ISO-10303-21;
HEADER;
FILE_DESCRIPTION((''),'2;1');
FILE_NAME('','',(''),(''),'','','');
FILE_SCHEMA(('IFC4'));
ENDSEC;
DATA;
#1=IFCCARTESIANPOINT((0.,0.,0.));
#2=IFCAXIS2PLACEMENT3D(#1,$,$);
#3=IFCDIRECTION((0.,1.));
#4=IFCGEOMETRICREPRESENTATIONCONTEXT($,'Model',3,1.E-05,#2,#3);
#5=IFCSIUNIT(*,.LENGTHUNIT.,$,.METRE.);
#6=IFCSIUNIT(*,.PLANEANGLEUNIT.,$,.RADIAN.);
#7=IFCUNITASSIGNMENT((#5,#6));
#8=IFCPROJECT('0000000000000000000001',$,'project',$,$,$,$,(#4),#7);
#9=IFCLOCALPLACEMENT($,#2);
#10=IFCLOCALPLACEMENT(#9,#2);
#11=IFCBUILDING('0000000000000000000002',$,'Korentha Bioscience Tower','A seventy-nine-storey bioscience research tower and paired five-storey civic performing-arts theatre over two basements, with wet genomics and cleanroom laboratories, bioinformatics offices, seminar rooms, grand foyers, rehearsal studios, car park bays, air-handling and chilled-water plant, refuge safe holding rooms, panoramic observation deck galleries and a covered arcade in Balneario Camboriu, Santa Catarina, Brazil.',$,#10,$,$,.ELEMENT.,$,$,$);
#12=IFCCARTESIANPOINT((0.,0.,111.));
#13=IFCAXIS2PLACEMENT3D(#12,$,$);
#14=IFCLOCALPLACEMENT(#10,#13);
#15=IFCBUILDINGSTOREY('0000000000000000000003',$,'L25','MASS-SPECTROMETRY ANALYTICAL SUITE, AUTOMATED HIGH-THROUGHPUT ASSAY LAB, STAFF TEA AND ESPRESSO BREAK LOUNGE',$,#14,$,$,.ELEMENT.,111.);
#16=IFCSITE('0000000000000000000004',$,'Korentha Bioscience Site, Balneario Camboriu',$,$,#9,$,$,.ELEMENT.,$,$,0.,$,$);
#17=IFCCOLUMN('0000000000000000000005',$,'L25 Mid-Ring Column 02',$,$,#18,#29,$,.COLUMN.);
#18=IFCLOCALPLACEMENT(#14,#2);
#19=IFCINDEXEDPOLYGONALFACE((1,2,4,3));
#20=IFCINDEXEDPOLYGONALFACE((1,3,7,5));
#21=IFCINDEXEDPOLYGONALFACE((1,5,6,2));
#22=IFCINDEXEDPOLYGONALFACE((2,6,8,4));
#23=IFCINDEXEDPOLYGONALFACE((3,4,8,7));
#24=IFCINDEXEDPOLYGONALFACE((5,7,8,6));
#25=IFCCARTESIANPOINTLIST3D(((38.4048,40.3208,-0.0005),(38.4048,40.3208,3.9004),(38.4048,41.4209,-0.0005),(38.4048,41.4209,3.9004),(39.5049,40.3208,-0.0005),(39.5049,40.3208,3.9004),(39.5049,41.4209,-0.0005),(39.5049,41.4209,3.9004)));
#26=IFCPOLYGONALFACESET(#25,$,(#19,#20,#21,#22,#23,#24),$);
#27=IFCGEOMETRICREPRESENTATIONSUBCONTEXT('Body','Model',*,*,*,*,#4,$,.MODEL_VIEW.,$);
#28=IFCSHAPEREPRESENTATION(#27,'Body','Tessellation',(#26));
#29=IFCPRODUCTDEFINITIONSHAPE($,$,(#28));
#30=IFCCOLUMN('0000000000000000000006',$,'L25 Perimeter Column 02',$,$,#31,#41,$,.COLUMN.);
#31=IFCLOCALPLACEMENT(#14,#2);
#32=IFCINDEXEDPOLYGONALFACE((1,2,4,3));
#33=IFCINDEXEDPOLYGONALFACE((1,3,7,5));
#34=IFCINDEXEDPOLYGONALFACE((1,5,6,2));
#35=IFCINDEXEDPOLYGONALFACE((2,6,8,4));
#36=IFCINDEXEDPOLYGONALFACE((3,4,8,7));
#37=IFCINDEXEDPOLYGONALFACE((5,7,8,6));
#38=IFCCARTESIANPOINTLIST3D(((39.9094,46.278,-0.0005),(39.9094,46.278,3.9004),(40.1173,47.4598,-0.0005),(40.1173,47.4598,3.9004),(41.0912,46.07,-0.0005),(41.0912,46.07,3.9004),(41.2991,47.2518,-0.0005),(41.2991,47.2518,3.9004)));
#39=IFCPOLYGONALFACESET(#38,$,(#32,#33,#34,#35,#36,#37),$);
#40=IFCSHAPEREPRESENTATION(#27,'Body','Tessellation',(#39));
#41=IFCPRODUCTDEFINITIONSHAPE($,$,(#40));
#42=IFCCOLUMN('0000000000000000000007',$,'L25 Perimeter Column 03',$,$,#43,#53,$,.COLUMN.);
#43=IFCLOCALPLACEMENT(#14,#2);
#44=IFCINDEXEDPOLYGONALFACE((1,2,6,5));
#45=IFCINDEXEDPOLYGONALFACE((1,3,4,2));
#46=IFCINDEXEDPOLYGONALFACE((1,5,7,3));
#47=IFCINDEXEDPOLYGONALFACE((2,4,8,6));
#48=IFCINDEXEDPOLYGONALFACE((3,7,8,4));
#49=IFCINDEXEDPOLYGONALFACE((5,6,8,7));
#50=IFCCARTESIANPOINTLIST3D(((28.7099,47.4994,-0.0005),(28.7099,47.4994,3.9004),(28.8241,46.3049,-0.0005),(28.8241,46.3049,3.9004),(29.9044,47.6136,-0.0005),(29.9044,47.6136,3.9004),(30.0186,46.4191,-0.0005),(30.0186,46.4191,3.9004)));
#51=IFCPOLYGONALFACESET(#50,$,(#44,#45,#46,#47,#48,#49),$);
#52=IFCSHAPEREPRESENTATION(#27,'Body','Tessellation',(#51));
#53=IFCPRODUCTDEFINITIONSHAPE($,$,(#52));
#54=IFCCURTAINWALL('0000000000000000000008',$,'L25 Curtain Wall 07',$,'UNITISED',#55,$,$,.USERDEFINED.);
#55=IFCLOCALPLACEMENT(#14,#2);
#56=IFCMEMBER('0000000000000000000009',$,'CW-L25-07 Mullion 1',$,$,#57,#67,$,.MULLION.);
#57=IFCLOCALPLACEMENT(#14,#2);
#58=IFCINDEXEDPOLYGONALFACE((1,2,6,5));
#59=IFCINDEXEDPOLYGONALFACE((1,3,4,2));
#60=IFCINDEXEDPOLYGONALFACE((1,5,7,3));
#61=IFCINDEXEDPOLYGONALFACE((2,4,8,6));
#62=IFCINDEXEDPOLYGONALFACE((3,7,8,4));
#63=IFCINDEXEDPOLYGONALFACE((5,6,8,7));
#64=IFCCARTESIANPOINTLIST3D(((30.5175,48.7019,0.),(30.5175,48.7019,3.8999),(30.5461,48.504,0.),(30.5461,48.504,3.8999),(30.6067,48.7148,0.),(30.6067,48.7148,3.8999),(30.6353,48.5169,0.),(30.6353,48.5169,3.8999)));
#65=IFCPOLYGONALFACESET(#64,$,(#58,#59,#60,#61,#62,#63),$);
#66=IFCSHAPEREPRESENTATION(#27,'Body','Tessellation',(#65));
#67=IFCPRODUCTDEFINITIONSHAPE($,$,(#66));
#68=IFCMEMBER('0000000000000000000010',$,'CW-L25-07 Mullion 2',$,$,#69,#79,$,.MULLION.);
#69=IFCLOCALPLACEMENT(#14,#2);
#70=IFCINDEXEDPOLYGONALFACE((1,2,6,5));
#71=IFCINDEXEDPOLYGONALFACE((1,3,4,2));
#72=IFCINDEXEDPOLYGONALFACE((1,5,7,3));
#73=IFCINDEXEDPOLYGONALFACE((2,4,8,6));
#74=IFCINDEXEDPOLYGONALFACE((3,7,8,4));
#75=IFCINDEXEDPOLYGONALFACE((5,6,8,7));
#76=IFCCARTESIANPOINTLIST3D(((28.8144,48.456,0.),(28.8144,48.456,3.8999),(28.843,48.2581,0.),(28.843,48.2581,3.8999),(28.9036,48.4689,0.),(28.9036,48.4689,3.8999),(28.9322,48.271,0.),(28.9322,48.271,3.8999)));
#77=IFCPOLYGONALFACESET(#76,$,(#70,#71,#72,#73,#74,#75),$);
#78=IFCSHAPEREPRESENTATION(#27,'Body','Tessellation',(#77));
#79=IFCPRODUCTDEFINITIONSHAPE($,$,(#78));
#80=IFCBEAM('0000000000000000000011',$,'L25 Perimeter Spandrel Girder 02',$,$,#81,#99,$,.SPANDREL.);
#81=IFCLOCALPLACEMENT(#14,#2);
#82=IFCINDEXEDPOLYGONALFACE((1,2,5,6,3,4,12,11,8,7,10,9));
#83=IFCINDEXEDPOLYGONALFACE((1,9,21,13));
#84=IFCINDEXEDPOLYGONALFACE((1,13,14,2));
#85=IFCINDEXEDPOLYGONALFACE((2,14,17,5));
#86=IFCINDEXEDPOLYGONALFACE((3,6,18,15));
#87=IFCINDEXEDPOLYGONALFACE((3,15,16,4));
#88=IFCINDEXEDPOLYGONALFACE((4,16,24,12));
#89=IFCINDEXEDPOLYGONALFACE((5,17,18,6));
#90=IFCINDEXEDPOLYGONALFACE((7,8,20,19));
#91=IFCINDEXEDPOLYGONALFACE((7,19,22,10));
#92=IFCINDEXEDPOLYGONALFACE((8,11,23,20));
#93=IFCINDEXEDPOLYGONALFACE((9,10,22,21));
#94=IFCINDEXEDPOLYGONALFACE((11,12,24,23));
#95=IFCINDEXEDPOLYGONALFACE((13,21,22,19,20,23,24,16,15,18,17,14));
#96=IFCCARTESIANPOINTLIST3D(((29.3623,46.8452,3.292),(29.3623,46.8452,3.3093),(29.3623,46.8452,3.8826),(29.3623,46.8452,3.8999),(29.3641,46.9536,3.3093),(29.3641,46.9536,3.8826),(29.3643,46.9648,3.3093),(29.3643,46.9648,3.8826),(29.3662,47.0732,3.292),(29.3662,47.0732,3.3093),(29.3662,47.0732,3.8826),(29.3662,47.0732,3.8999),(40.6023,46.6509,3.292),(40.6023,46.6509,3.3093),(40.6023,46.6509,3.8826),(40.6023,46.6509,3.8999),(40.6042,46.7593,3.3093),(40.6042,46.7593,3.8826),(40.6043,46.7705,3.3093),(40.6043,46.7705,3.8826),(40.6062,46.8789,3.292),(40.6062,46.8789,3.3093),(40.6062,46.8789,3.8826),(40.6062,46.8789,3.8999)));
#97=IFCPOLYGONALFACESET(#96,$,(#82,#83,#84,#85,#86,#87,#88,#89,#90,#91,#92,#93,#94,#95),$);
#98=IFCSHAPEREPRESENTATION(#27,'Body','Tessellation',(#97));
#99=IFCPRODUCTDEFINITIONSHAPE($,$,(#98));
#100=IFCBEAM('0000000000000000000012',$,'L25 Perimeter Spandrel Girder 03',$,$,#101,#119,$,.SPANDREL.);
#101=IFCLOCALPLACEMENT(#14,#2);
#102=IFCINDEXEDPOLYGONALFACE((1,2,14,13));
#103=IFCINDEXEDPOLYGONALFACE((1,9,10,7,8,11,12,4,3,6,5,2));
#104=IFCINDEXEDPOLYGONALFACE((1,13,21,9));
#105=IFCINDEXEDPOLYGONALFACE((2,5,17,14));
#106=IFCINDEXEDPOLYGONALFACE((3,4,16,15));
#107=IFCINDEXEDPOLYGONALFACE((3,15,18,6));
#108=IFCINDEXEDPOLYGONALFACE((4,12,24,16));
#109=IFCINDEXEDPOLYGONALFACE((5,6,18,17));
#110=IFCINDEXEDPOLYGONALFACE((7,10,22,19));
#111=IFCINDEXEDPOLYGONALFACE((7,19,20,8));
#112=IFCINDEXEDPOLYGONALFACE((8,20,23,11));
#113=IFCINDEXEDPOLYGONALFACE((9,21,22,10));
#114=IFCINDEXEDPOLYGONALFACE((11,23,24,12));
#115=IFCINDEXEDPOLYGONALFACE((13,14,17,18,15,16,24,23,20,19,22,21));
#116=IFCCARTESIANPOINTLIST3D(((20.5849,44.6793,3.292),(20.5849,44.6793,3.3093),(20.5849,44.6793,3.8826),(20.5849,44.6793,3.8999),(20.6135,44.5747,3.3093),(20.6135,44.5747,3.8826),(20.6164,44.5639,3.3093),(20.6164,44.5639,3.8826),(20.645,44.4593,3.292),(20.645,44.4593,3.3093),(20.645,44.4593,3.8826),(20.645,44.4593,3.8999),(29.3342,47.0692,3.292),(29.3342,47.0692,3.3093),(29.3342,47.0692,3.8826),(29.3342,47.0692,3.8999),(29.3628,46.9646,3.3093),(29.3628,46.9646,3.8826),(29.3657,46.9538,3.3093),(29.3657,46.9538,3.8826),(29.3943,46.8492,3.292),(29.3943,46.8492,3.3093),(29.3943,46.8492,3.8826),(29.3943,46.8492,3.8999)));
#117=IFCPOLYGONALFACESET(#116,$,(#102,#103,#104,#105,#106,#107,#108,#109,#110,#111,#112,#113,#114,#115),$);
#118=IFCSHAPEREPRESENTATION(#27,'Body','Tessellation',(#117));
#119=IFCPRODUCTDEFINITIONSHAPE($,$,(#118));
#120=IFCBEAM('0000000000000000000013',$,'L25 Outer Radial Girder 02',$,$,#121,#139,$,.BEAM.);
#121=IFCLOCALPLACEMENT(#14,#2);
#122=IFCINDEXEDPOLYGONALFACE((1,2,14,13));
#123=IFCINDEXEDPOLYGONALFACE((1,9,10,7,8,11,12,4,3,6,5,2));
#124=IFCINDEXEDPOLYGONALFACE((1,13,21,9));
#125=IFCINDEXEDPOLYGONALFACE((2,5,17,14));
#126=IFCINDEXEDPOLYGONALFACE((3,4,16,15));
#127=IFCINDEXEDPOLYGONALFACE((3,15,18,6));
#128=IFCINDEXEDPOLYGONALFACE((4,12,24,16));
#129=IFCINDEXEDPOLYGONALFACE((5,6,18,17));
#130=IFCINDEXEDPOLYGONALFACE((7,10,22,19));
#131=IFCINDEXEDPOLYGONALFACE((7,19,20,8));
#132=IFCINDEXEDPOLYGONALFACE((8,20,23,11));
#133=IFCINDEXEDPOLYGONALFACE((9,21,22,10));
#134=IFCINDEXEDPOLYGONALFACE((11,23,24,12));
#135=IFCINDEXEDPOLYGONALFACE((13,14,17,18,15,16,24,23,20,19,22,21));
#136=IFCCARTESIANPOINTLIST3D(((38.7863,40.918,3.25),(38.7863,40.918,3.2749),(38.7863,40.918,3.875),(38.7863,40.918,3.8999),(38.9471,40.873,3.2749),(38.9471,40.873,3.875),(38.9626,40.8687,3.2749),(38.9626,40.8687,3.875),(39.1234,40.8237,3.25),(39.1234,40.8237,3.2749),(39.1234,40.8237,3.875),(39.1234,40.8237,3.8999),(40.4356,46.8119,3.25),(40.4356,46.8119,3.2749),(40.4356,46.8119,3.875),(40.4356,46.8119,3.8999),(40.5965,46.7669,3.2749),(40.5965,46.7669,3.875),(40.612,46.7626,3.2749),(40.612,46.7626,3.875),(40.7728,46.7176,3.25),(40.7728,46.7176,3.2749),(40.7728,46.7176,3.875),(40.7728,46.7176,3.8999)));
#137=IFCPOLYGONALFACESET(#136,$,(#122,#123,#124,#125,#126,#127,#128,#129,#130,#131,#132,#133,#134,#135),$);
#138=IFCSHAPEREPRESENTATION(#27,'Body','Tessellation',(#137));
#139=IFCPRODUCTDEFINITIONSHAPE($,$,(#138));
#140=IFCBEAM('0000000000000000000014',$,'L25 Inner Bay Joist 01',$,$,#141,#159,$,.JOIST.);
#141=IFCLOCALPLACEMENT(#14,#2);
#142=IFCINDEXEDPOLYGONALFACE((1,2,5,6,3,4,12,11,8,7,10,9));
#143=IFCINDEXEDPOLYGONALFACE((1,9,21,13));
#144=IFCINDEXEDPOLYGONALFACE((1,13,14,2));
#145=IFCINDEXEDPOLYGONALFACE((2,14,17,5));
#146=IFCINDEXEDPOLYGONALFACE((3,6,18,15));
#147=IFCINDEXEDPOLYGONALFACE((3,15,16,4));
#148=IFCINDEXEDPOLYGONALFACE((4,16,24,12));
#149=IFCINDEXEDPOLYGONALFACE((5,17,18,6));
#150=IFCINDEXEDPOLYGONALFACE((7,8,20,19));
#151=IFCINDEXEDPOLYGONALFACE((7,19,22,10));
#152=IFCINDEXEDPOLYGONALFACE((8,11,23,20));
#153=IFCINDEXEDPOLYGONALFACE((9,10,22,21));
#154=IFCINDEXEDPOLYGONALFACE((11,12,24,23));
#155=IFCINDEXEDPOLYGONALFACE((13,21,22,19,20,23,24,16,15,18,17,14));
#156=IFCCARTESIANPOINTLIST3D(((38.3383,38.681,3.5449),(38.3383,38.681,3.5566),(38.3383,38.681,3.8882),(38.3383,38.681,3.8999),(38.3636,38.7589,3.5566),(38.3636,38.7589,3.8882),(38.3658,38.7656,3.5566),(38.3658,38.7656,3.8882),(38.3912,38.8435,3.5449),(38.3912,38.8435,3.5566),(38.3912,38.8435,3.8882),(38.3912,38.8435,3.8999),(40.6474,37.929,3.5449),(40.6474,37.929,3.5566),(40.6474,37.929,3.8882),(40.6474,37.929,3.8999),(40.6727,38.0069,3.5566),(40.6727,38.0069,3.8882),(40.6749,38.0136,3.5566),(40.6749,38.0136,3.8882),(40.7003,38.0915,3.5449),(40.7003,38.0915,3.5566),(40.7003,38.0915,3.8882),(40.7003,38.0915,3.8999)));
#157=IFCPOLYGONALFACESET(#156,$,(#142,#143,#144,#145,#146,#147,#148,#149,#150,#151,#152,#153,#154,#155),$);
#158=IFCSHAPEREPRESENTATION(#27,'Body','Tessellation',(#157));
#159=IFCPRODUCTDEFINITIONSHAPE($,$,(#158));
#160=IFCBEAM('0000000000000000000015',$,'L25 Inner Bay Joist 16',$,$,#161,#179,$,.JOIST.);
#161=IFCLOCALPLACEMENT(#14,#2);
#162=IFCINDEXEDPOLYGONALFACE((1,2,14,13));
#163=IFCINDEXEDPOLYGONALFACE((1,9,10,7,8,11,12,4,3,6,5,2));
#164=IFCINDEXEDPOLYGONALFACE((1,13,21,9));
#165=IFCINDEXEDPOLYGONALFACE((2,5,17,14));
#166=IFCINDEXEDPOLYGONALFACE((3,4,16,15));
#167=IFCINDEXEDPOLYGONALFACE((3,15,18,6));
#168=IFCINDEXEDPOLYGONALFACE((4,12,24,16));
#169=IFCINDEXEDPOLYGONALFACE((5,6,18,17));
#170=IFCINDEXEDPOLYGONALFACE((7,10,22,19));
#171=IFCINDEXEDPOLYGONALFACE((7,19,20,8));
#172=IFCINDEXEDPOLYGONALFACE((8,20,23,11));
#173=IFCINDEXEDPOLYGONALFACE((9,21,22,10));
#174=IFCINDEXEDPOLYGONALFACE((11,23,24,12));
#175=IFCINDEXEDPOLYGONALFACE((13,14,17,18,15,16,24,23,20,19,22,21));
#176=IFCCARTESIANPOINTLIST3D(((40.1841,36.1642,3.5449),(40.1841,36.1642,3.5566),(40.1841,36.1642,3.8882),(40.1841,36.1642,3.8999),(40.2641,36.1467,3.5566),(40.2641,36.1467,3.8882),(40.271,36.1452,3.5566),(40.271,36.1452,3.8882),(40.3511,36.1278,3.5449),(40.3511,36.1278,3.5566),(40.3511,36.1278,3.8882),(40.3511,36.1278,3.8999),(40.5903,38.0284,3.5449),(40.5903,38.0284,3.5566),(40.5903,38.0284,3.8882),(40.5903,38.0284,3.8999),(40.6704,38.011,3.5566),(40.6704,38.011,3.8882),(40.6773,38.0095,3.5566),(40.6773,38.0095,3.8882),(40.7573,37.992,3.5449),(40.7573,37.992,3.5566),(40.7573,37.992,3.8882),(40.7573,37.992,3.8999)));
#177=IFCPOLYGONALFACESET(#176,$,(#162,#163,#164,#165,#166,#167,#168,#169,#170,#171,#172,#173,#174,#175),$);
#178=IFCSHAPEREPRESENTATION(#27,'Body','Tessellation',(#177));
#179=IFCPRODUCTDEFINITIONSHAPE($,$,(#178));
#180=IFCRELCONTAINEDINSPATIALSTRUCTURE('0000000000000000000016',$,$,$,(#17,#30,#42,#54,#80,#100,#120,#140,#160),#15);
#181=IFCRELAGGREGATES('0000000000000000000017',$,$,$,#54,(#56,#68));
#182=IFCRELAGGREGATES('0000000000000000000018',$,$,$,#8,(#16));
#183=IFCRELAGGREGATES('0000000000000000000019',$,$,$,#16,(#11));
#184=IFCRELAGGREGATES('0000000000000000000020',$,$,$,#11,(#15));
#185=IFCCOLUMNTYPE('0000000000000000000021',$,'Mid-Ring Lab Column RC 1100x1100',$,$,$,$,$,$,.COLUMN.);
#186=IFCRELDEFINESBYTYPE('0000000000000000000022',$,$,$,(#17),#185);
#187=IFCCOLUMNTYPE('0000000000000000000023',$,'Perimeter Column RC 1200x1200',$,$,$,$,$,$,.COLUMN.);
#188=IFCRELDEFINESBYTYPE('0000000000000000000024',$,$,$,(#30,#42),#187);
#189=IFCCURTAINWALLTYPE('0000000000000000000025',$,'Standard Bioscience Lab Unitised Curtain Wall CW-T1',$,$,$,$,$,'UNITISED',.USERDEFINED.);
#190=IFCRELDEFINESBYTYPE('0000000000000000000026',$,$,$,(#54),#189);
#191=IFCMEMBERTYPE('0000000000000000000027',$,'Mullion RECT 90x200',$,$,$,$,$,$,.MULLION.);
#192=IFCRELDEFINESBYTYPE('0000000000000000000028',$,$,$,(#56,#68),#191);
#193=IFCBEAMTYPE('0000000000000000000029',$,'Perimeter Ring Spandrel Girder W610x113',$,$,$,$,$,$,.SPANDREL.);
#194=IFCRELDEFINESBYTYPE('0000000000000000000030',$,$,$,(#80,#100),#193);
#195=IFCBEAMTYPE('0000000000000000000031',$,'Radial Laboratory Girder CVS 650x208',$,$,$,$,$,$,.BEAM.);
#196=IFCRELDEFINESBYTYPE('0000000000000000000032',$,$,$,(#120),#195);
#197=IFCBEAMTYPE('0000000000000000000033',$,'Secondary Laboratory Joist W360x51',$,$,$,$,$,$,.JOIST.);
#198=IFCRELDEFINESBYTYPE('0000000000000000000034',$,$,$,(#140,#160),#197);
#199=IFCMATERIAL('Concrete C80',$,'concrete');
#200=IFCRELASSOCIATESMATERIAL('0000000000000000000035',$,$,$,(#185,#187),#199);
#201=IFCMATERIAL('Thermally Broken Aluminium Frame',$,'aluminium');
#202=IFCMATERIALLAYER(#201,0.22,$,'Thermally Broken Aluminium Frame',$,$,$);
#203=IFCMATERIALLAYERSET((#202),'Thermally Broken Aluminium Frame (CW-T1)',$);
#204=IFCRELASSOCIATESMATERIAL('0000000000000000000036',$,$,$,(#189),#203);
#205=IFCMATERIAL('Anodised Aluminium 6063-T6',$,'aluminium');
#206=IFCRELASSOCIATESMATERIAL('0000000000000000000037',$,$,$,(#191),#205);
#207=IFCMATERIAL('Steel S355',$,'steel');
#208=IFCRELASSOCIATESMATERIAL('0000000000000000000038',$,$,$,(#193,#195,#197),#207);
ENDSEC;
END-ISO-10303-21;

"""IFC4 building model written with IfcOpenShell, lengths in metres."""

from ifc_helpers import new_model, si_unit, direction, frame, origin, origin_2d, place, context, subcontext, project, spatial, rectangle, i_section, extrude, material, layer, layer_set, material_profile, profile_set, type_object, element, aggregate, save


model = new_model("IFC4")

# Units and contexts
model_context = context("Model", 3, precision=1e-05, world=origin(), true_north=direction((0.0, 1.0)))
body_context = subcontext(model_context, "Body", "Model", "MODEL_VIEW")
ifc_project = project(units=[si_unit("LENGTHUNIT", "METRE"), si_unit("PLANEANGLEUNIT", "RADIAN")], contexts=[model_context])

# Site, building, storey
site_placement = place(None, origin())
site = spatial("IfcSite", under=ifc_project, at=site_placement, Name="Korentha Bioscience Site, Balneario Camboriu", CompositionType="ELEMENT", RefElevation=0.0)
building_placement = place(site_placement, origin())
building = spatial("IfcBuilding", under=site, at=building_placement, Name="Korentha Bioscience Tower", Description="A seventy-nine-storey bioscience research tower and paired five-storey civic performing-arts theatre over two basements, with wet genomics and cleanroom laboratories, bioinformatics offices, seminar rooms, grand foyers, rehearsal studios, car park bays, air-handling and chilled-water plant, refuge safe holding rooms, panoramic observation deck galleries and a covered arcade in Balneario Camboriu, Santa Catarina, Brazil.", CompositionType="ELEMENT")
storey_placement = place(building_placement, frame((0.0, 0.0, 111.0)))
storey = spatial("IfcBuildingStorey", under=building, at=storey_placement, Name="L25", Description="MASS-SPECTROMETRY ANALYTICAL SUITE, AUTOMATED HIGH-THROUGHPUT ASSAY LAB, STAFF TEA AND ESPRESSO BREAK LOUNGE", CompositionType="ELEMENT", Elevation=111.0)

# Columns
ifc_material_1 = material(Name="Concrete C80", Category="concrete")
ifc_material_profile_1 = material_profile(ifc_material_1, rectangle(XDim=1.1001, YDim=1.1001, at=origin_2d()), Name="Concrete C80")
ifc_profile_set_1 = profile_set([ifc_material_profile_1], Name="Concrete C80 (COL-MR11)")
column_type_1 = type_object("IfcColumnType", Name="Mid-Ring Lab Column RC 1100x1100", PredefinedType="COLUMN", material=ifc_profile_set_1)
column_placement = place(storey_placement, frame((38.9548, 40.8708, -0.0005), z_axis=(0.0, 0.0, 1.0), x_axis=(1.0, 0.0, 0.0)))
element("IfcColumn", 1, at=column_placement, inside=storey, type_object=column_type_1, Name="L25 Mid-Ring Column 02", PredefinedType="COLUMN", context=body_context, shape_type="SweptSolid", body=[
    extrude(rectangle(XDim=1.1001, YDim=1.1001, at=origin_2d()), origin(), (0.0, 0.0, 1.0), 3.9009),
])
ifc_material_profile_2 = material_profile(ifc_material_1, rectangle(XDim=1.2, YDim=1.2, at=origin_2d()), Name="Concrete C80")
ifc_profile_set_2 = profile_set([ifc_material_profile_2], Name="Concrete C80 (COL-P12)")
column_type_2 = type_object("IfcColumnType", Name="Perimeter Column RC 1200x1200", PredefinedType="COLUMN", material=ifc_profile_set_2)
for number, where, z_axis, x_axis, name in (
    (2, (40.6042, 46.7649, -0.0005), (0.0, 0.0, 1.0), (-0.984868, 0.173304, 0.0), "L25 Perimeter Column 02"),
    (3, (29.3643, 46.9592, -0.0005), (0.0, 0.0, 1.0), (0.995463, 0.095151, 0.0), "L25 Perimeter Column 03"),
):
    element("IfcColumn", number, at=place(storey_placement, frame(where, z_axis=z_axis, x_axis=x_axis)), inside=storey, type_object=column_type_2, Name=name, PredefinedType="COLUMN", context=body_context, shape_type="SweptSolid", body=[
        extrude(rectangle(XDim=1.2, YDim=1.2, at=origin_2d()), origin(), (0.0, 0.0, 1.0), 3.9009),
    ])

# Curtain wall, members
ifc_material_2 = material(Name="Thermally Broken Aluminium Frame", Category="aluminium")
ifc_layer_1 = layer(ifc_material_2, 0.22, Name="Thermally Broken Aluminium Frame")
ifc_layer_set_1 = layer_set([ifc_layer_1], Name="Thermally Broken Aluminium Frame (CW-T1)")
curtain_wall_type = type_object("IfcCurtainWallType", Name="Standard Bioscience Lab Unitised Curtain Wall CW-T1", ElementType="UNITISED", PredefinedType="USERDEFINED", material=ifc_layer_set_1)
curtain_wall_placement = place(storey_placement, origin())
curtain_wall = element("IfcCurtainWall", 4, at=curtain_wall_placement, inside=storey, type_object=curtain_wall_type, Name="L25 Curtain Wall 07", ObjectType="UNITISED", PredefinedType="USERDEFINED")
ifc_material_3 = material(Name="Anodised Aluminium 6063-T6", Category="aluminium")
ifc_material_profile_3 = material_profile(ifc_material_3, rectangle(XDim=0.0901, YDim=0.2, at=origin_2d()), Name="Anodised Aluminium 6063-T6")
ifc_profile_set_3 = profile_set([ifc_material_profile_3], Name="Anodised Aluminium 6063-T6 (CW-MUL)")
member_type_1 = type_object("IfcMemberType", Name="Mullion RECT 90x200", PredefinedType="MULLION", material=ifc_profile_set_3)
member_1_placement = place(storey_placement, frame((30.5764, 48.6094, 0.0), z_axis=(0.0, 0.0, 1.0), x_axis=(-0.989738, -0.142892, 0.0)))
member_1 = element("IfcMember", 5, at=member_1_placement, type_object=member_type_1, Name="CW-L25-07 Mullion 1", PredefinedType="MULLION", context=body_context, shape_type="SweptSolid", body=[
    extrude(rectangle(XDim=0.0901, YDim=0.2, at=origin_2d()), origin(), (0.0, 0.0, 1.0), 3.8999),
])
member_2_placement = place(storey_placement, frame((28.8733, 48.3635, 0.0), z_axis=(0.0, 0.0, 1.0), x_axis=(-0.989738, -0.142892, 0.0)))
member_2 = element("IfcMember", 6, at=member_2_placement, type_object=member_type_1, Name="CW-L25-07 Mullion 2", PredefinedType="MULLION", context=body_context, shape_type="SweptSolid", body=[
    extrude(rectangle(XDim=0.0901, YDim=0.2, at=origin_2d()), origin(), (0.0, 0.0, 1.0), 3.8999),
])

# Beams
ifc_material_4 = material(Name="Steel S355", Category="steel")
ifc_material_profile_4 = material_profile(ifc_material_4, i_section(OverallWidth=0.228, OverallDepth=0.6079, WebThickness=0.0112, FlangeThickness=0.0173, at=origin_2d()), Name="Steel S355")
ifc_profile_set_4 = profile_set([ifc_material_profile_4], Name="Steel S355 (SB-610)")
beam_type_1 = type_object("IfcBeamType", Name="Perimeter Ring Spandrel Girder W610x113", PredefinedType="SPANDREL", material=ifc_profile_set_4)
beam_1_placement = place(storey_placement, frame((40.6042, 46.7649, 3.5959), z_axis=(-0.999851, 0.017287, 0.0), x_axis=(-0.017287, -0.999851, 0.0)))
element("IfcBeam", 7, at=beam_1_placement, inside=storey, type_object=beam_type_1, Name="L25 Perimeter Spandrel Girder 02", PredefinedType="SPANDREL", context=body_context, shape_type="SweptSolid", body=[
    extrude(i_section(OverallWidth=0.228, OverallDepth=0.6079, WebThickness=0.0112, FlangeThickness=0.0173, at=origin_2d()), origin(), (0.0, 0.0, 1.0), 11.2417),
])
beam_2_placement = place(storey_placement, frame((29.3643, 46.9592, 3.5959), z_axis=(-0.964659, -0.2635, 0.0), x_axis=(0.2635, -0.964659, 0.0)))
element("IfcBeam", 8, at=beam_2_placement, inside=storey, type_object=beam_type_1, Name="L25 Perimeter Spandrel Girder 03", PredefinedType="SPANDREL", context=body_context, shape_type="SweptSolid", body=[
    extrude(i_section(OverallWidth=0.228, OverallDepth=0.6079, WebThickness=0.0112, FlangeThickness=0.0173, at=origin_2d()), origin(), (0.0, 0.0, 1.0), 9.0698),
])
ifc_material_profile_5 = material_profile(ifc_material_4, i_section(OverallWidth=0.3501, OverallDepth=0.6499, WebThickness=0.0161, FlangeThickness=0.0249, at=origin_2d()), Name="Steel S355")
ifc_profile_set_5 = profile_set([ifc_material_profile_5], Name="Steel S355 (RB-650)")
beam_type_2 = type_object("IfcBeamType", Name="Radial Laboratory Girder CVS 650x208", PredefinedType="BEAM", material=ifc_profile_set_5)
beam_3_placement = place(storey_placement, frame((38.9548, 40.8708, 3.575), z_axis=(0.269491, 0.963003, 0.0), x_axis=(-0.963003, 0.269491, 0.0)))
element("IfcBeam", 9, at=beam_3_placement, inside=storey, type_object=beam_type_2, Name="L25 Outer Radial Girder 02", PredefinedType="BEAM", context=body_context, shape_type="SweptSolid", body=[
    extrude(i_section(OverallWidth=0.3501, OverallDepth=0.6499, WebThickness=0.0161, FlangeThickness=0.0249, at=origin_2d()), origin(), (0.0, 0.0, 1.0), 6.1204),
])
ifc_material_profile_6 = material_profile(ifc_material_4, i_section(OverallWidth=0.1709, OverallDepth=0.355, WebThickness=0.0071, FlangeThickness=0.0117, at=origin_2d()), Name="Steel S355")
ifc_profile_set_6 = profile_set([ifc_material_profile_6], Name="Steel S355 (JB-360)")
beam_type_3 = type_object("IfcBeamType", Name="Secondary Laboratory Joist W360x51", PredefinedType="JOIST", material=ifc_profile_set_6)
beam_4_placement = place(storey_placement, frame((40.6738, 38.0103, 3.7224), z_axis=(-0.950852, 0.309645, 0.0), x_axis=(-0.309645, -0.950852, 0.0)))
element("IfcBeam", 10, at=beam_4_placement, inside=storey, type_object=beam_type_3, Name="L25 Inner Bay Joist 01", PredefinedType="JOIST", context=body_context, shape_type="SweptSolid", body=[
    extrude(i_section(OverallWidth=0.1709, OverallDepth=0.355, WebThickness=0.0071, FlangeThickness=0.0117, at=origin_2d()), origin(), (0.0, 0.0, 1.0), 2.4285),
])
beam_5_placement = place(storey_placement, frame((40.2676, 36.146, 3.7224), z_axis=(0.212918, 0.97707, 0.0), x_axis=(-0.97707, 0.212918, 0.0)))
element("IfcBeam", 11, at=beam_5_placement, inside=storey, type_object=beam_type_3, Name="L25 Inner Bay Joist 16", PredefinedType="JOIST", context=body_context, shape_type="SweptSolid", body=[
    extrude(i_section(OverallWidth=0.1709, OverallDepth=0.355, WebThickness=0.0071, FlangeThickness=0.0117, at=origin_2d()), origin(), (0.0, 0.0, 1.0), 1.908),
])

aggregate(curtain_wall, [member_1, member_2])

save(model, "model.ifc")
